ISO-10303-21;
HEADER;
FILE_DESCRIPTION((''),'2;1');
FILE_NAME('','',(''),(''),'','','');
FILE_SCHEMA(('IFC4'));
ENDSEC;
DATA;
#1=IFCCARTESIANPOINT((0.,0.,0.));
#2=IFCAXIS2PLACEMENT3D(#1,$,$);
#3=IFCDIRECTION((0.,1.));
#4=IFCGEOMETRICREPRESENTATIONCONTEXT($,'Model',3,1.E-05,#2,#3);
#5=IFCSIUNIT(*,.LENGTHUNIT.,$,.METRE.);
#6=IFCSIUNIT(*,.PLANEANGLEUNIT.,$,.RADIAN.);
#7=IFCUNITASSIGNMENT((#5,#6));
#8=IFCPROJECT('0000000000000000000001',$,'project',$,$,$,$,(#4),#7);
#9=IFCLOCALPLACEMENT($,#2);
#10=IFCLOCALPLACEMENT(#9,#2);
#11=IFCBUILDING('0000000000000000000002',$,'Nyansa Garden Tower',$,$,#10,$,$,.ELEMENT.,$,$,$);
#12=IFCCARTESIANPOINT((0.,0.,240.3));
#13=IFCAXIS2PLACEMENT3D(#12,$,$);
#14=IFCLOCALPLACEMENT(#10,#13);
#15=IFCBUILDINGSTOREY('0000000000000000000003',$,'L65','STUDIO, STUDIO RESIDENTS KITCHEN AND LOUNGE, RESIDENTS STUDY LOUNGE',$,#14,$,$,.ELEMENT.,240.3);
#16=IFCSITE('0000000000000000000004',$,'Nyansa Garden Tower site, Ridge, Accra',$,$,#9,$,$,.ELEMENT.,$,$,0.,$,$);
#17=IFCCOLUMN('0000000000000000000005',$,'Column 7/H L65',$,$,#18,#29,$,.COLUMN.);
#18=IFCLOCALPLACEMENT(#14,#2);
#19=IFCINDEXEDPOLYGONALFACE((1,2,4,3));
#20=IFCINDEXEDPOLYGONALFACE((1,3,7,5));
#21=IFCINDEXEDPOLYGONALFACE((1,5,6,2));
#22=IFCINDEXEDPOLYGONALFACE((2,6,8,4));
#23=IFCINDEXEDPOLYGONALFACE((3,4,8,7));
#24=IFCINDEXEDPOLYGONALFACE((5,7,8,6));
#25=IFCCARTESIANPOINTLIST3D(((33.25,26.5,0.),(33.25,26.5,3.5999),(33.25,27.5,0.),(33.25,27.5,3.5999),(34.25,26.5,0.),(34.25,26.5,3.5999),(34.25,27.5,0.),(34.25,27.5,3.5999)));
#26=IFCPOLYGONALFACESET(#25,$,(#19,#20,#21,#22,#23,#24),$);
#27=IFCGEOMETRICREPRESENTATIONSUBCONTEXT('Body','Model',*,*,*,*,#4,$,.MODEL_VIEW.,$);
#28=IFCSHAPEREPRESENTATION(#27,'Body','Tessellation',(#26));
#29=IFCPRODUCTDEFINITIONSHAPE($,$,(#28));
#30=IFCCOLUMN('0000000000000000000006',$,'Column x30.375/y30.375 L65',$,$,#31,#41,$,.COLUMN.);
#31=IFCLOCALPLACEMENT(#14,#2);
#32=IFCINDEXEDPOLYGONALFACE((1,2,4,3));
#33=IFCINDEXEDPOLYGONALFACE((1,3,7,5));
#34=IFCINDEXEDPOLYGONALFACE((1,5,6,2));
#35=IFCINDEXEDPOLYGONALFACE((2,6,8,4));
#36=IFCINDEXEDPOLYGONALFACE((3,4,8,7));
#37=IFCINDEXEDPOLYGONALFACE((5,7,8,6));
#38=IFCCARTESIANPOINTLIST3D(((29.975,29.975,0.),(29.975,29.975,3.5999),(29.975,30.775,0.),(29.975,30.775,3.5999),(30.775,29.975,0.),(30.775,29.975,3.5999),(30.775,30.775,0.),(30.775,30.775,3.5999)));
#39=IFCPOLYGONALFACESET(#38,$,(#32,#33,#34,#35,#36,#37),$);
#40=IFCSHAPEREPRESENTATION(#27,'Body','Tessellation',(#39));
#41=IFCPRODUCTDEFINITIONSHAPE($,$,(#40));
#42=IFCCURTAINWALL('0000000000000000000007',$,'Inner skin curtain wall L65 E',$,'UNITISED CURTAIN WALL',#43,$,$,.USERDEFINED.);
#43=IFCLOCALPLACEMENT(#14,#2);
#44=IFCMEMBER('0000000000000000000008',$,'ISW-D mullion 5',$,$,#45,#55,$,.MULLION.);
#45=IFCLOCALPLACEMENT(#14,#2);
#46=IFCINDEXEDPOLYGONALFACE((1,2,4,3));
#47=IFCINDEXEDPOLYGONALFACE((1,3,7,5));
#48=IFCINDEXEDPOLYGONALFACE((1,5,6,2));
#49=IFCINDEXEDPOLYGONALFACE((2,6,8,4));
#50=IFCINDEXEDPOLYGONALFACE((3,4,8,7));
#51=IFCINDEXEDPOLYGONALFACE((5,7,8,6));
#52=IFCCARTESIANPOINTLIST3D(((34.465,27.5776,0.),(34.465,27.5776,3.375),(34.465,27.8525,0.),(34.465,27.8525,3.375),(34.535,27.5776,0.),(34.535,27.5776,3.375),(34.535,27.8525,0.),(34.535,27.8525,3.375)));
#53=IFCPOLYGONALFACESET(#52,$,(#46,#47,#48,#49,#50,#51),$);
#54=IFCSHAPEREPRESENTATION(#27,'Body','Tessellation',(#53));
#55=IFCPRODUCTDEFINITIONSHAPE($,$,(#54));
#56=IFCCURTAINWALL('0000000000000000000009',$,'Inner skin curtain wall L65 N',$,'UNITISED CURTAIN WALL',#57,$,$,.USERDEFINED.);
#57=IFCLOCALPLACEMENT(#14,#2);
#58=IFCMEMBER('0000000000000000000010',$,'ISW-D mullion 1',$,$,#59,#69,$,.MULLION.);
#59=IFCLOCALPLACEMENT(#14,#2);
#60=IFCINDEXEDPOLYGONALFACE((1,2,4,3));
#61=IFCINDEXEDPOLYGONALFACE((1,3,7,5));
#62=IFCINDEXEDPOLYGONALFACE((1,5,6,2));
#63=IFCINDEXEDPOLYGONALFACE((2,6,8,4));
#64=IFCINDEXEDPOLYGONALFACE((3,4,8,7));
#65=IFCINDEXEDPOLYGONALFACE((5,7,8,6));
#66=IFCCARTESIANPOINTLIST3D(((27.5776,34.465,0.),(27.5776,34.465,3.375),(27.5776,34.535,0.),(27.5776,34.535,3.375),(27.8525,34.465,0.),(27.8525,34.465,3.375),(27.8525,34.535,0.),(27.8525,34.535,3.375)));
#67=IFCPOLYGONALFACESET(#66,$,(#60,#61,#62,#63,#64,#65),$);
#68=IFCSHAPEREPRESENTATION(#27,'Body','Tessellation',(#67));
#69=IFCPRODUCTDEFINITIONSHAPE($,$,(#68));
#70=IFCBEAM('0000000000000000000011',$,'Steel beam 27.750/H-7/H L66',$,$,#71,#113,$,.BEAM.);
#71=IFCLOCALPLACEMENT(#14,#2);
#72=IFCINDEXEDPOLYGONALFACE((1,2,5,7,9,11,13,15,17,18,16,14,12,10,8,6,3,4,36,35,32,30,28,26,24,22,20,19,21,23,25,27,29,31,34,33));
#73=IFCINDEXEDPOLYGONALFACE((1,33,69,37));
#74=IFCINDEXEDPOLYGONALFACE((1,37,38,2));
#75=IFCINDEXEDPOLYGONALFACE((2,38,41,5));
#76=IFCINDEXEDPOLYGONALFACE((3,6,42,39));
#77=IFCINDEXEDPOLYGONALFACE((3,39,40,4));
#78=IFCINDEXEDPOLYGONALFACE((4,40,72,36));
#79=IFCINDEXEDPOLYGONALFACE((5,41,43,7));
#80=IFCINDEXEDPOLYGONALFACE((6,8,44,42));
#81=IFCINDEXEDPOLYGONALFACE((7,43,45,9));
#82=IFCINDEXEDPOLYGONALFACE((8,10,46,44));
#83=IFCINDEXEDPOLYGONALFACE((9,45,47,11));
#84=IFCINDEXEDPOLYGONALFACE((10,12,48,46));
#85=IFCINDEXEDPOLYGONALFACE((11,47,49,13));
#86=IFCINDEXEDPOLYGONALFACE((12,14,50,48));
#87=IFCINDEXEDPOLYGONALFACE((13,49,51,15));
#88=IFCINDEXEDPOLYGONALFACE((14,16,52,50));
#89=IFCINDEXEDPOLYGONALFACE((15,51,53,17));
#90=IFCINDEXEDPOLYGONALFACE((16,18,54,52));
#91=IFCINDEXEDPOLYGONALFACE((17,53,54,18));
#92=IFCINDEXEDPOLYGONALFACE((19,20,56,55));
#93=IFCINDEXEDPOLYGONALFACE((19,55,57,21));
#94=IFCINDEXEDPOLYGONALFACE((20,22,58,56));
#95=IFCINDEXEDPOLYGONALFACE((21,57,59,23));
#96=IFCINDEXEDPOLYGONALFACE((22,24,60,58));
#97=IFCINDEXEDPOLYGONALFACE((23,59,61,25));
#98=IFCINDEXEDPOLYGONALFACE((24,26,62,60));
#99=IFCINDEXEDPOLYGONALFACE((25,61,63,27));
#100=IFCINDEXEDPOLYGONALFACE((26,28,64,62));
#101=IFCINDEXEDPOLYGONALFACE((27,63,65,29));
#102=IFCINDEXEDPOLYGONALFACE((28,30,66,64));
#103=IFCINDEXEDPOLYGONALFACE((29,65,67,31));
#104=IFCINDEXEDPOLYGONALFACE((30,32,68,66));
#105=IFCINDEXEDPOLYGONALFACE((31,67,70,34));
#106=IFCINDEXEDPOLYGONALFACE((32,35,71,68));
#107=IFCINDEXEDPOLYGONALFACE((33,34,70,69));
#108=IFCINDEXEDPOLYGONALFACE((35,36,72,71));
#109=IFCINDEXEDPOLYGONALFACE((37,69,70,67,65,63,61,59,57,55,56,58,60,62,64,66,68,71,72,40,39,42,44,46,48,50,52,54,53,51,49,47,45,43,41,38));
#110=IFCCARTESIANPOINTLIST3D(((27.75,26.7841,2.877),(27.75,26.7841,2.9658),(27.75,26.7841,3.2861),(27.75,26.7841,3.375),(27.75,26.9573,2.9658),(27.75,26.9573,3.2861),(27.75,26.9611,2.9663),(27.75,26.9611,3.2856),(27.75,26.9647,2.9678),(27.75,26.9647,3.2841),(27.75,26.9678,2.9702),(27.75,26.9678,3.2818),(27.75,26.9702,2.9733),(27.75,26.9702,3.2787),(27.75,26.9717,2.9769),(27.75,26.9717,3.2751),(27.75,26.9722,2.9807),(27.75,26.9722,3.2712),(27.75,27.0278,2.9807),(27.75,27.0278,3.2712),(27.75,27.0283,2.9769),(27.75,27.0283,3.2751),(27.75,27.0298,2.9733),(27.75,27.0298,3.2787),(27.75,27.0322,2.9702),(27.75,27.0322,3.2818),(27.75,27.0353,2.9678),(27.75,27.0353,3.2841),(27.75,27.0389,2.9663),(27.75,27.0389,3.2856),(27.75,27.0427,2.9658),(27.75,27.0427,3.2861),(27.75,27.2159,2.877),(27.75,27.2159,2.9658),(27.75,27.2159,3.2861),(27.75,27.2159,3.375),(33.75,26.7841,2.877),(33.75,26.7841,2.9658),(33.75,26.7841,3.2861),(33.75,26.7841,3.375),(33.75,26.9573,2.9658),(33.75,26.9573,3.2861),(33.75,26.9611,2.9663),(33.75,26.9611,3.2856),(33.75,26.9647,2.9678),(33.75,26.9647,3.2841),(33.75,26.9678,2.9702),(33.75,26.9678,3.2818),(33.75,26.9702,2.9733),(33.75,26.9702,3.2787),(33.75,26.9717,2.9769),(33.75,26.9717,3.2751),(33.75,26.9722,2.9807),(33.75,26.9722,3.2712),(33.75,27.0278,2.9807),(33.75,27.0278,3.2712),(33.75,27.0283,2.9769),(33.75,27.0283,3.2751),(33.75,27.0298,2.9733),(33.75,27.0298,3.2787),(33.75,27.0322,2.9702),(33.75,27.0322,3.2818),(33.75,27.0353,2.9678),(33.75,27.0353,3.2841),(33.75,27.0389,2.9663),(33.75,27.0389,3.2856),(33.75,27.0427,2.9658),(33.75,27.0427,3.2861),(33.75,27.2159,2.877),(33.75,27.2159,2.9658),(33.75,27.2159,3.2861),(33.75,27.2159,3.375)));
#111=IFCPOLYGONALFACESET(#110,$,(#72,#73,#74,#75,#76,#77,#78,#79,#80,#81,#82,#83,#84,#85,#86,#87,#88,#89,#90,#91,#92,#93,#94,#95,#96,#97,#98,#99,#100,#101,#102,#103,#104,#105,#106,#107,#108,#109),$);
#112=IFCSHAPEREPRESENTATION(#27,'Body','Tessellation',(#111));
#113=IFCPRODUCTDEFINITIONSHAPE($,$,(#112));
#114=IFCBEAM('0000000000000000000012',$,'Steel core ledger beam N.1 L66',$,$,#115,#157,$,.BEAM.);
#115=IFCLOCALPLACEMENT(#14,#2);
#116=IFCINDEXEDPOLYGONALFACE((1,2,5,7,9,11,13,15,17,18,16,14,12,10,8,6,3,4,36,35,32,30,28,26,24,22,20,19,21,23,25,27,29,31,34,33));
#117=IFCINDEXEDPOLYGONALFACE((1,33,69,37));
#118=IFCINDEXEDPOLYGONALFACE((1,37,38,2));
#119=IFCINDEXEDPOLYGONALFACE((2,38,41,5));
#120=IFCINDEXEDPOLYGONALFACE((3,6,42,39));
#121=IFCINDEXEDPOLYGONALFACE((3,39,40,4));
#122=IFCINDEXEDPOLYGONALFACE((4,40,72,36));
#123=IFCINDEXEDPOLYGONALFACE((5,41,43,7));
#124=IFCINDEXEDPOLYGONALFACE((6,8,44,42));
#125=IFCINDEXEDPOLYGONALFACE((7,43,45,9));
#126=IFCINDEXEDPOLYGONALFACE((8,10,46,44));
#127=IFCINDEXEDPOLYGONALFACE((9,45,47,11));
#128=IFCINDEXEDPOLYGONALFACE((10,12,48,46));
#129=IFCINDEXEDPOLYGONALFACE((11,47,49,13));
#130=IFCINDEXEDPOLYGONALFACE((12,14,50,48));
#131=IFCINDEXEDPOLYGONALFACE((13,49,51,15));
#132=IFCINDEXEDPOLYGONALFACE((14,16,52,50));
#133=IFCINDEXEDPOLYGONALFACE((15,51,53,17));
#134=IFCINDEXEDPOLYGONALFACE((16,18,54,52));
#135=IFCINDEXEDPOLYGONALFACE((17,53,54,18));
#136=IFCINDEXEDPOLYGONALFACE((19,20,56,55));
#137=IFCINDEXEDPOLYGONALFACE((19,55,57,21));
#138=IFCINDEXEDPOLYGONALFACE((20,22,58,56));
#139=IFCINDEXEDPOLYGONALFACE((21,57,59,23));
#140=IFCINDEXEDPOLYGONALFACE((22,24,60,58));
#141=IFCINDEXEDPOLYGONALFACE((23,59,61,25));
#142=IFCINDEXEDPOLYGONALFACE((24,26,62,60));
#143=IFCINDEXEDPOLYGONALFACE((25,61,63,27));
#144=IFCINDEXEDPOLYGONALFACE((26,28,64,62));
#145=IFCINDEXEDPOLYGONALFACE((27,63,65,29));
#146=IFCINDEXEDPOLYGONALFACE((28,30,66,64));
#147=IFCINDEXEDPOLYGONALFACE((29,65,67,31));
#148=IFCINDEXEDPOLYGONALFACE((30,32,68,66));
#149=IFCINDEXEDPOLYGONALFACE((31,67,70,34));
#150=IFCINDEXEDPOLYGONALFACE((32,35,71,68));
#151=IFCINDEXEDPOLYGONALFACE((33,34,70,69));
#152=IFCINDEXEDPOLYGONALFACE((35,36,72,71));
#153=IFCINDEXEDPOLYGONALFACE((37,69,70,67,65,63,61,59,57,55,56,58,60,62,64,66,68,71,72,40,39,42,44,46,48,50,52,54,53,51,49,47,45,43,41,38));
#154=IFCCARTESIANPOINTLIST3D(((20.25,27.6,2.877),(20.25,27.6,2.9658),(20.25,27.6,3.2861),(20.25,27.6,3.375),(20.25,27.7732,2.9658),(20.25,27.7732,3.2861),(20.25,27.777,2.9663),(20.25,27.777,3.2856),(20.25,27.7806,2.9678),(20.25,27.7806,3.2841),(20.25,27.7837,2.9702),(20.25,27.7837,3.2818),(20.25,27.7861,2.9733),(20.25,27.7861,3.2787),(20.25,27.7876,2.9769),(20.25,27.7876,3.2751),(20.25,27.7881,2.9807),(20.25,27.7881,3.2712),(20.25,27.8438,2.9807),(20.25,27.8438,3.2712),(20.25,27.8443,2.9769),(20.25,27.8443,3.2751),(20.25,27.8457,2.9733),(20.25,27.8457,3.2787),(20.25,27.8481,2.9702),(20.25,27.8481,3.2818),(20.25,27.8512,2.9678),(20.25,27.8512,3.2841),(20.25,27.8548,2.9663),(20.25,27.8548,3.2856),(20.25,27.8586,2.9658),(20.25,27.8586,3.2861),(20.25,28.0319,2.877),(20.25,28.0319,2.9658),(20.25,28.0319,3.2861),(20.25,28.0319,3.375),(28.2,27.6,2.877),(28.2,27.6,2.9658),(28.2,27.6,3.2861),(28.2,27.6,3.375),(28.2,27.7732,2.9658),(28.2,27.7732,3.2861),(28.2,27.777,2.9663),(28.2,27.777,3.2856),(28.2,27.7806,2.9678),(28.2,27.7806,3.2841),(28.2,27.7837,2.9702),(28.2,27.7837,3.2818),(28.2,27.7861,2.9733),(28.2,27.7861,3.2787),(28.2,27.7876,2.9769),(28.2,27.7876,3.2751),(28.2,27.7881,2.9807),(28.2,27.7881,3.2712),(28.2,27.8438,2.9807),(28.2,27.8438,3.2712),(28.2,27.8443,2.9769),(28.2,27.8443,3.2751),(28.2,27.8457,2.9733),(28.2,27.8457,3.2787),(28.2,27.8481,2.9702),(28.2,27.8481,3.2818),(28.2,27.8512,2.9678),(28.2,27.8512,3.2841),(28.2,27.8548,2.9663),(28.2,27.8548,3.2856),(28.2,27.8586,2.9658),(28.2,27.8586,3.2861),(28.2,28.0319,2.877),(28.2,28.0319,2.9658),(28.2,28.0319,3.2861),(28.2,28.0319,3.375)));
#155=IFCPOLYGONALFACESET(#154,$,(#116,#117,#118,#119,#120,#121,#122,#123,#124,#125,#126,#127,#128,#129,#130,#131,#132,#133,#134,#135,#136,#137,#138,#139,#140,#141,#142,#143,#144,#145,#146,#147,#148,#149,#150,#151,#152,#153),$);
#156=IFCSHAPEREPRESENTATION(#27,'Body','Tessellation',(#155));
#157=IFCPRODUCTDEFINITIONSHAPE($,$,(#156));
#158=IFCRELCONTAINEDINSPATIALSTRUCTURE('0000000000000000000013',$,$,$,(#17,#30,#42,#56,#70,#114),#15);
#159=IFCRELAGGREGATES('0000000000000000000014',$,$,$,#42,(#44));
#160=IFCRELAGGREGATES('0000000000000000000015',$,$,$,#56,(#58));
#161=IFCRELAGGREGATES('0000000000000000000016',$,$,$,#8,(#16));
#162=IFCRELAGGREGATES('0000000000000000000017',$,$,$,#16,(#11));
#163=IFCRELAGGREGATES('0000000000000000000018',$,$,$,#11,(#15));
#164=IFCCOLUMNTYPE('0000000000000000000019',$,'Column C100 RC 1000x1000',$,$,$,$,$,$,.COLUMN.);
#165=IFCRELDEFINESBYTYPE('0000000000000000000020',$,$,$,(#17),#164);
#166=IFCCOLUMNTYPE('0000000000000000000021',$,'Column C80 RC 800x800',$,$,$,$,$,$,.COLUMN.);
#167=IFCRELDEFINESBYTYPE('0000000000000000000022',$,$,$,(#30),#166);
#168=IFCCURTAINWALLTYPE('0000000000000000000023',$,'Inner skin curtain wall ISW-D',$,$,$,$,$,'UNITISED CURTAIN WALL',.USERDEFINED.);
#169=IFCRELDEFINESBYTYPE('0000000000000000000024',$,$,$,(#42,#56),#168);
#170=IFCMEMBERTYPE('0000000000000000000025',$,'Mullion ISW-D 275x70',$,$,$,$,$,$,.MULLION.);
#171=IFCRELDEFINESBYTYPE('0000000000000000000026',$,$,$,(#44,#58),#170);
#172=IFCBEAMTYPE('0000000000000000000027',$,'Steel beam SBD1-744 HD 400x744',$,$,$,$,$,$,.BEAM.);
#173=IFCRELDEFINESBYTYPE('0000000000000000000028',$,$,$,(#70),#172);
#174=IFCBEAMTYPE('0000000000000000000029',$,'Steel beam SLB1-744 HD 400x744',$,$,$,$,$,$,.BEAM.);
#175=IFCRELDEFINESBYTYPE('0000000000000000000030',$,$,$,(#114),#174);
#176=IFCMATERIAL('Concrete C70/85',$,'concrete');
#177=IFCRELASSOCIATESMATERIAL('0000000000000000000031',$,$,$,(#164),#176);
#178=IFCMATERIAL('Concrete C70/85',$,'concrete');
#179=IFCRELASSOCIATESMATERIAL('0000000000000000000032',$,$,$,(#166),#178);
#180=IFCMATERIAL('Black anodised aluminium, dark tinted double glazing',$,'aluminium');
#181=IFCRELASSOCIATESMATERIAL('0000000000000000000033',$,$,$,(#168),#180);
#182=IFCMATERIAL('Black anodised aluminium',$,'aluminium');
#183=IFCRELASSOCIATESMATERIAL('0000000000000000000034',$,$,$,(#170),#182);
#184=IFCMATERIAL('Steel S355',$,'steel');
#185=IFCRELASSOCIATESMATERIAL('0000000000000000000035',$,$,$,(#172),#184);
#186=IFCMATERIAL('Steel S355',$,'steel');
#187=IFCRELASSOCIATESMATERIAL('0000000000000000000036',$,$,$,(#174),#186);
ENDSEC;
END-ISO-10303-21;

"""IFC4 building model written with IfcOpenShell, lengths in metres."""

from ifc_helpers import new_model, si_unit, direction, frame, origin, origin_2d, place, context, subcontext, project, spatial, rectangle, i_section, extrude, material, material_profile, profile_set, type_object, element, aggregate, save


model = new_model("IFC4")

# Units and contexts
model_context = context("Model", 3, precision=1e-05, world=origin(), true_north=direction((0.0, 1.0)))
body_context = subcontext(model_context, "Body", "Model", "MODEL_VIEW")
ifc_project = project(units=[si_unit("LENGTHUNIT", "METRE"), si_unit("PLANEANGLEUNIT", "RADIAN")], contexts=[model_context])

# Site, building, storey
site_placement = place(None, origin())
site = spatial("IfcSite", under=ifc_project, at=site_placement, Name="Nyansa Garden Tower site, Ridge, Accra", CompositionType="ELEMENT", RefElevation=0.0)
building_placement = place(site_placement, origin())
building = spatial("IfcBuilding", under=site, at=building_placement, Name="Nyansa Garden Tower", CompositionType="ELEMENT")
storey_placement = place(building_placement, frame((0.0, 0.0, 240.3)))
storey = spatial("IfcBuildingStorey", under=building, at=storey_placement, Name="L65", Description="STUDIO, STUDIO RESIDENTS KITCHEN AND LOUNGE, RESIDENTS STUDY LOUNGE", CompositionType="ELEMENT", Elevation=240.3)

# Columns
ifc_material_1 = material(Name="Concrete C70/85", Category="concrete")
ifc_material_profile_1 = material_profile(ifc_material_1, rectangle(XDim=1.0, YDim=1.0, at=origin_2d()), Name="RC 1000x1000")
ifc_profile_set_1 = profile_set([ifc_material_profile_1], Name="Concrete C70/85")
column_type_1 = type_object("IfcColumnType", Name="Column C100 RC 1000x1000", PredefinedType="COLUMN", material=ifc_profile_set_1)
column_1_placement = place(storey_placement, frame((33.75, 27.0, 0.0), z_axis=(0.0, 0.0, 1.0), x_axis=(1.0, 0.0, 0.0)))
element("IfcColumn", 1, at=column_1_placement, inside=storey, type_object=column_type_1, Name="Column 7/H L65", PredefinedType="COLUMN", context=body_context, shape_type="SweptSolid", body=[
    extrude(rectangle(XDim=1.0, YDim=1.0, at=origin_2d()), origin(), (0.0, 0.0, 1.0), 3.5999),
])
ifc_material_2 = material(Name="Concrete C70/85", Category="concrete")
ifc_material_profile_2 = material_profile(ifc_material_2, rectangle(XDim=0.8, YDim=0.8, at=origin_2d()), Name="RC 800x800")
ifc_profile_set_2 = profile_set([ifc_material_profile_2], Name="Concrete C70/85")
column_type_2 = type_object("IfcColumnType", Name="Column C80 RC 800x800", PredefinedType="COLUMN", material=ifc_profile_set_2)
column_2_placement = place(storey_placement, frame((30.375, 30.375, 0.0), z_axis=(0.0, 0.0, 1.0), x_axis=(1.0, 0.0, 0.0)))
element("IfcColumn", 2, at=column_2_placement, inside=storey, type_object=column_type_2, Name="Column x30.375/y30.375 L65", PredefinedType="COLUMN", context=body_context, shape_type="SweptSolid", body=[
    extrude(rectangle(XDim=0.8, YDim=0.8, at=origin_2d()), origin(), (0.0, 0.0, 1.0), 3.5999),
])

# Curtain walls, members
ifc_material_3 = material(Name="Black anodised aluminium, dark tinted double glazing", Category="aluminium")
curtain_wall_type = type_object("IfcCurtainWallType", Name="Inner skin curtain wall ISW-D", ElementType="UNITISED CURTAIN WALL", PredefinedType="USERDEFINED", material=ifc_material_3)
curtain_wall_1_placement = place(storey_placement, origin())
curtain_wall_1 = element("IfcCurtainWall", 3, at=curtain_wall_1_placement, inside=storey, type_object=curtain_wall_type, Name="Inner skin curtain wall L65 E", ObjectType="UNITISED CURTAIN WALL", PredefinedType="USERDEFINED")
ifc_material_4 = material(Name="Black anodised aluminium", Category="aluminium")
ifc_material_profile_3 = material_profile(ifc_material_4, rectangle(XDim=0.0701, YDim=0.2749, at=origin_2d()), Name="Mullion 275x70")
ifc_profile_set_3 = profile_set([ifc_material_profile_3], Name="Black anodised aluminium")
member_type_1 = type_object("IfcMemberType", Name="Mullion ISW-D 275x70", PredefinedType="MULLION", material=ifc_profile_set_3)
member_1_placement = place(storey_placement, frame((34.5, 27.7151, 0.0), z_axis=(0.0, 0.0, 1.0), x_axis=(-1.0, 0.0, 0.0)))
member_1 = element("IfcMember", 4, at=member_1_placement, type_object=member_type_1, Name="ISW-D mullion 5", PredefinedType="MULLION", context=body_context, shape_type="SweptSolid", body=[
    extrude(rectangle(XDim=0.0701, YDim=0.2749, at=origin_2d()), origin(), (0.0, 0.0, 1.0), 3.375),
])
aggregate(curtain_wall_1, [member_1])
curtain_wall_2_placement = place(storey_placement, origin())
curtain_wall_2 = element("IfcCurtainWall", 5, at=curtain_wall_2_placement, inside=storey, type_object=curtain_wall_type, Name="Inner skin curtain wall L65 N", ObjectType="UNITISED CURTAIN WALL", PredefinedType="USERDEFINED")
member_2_placement = place(storey_placement, frame((27.7151, 34.5, 0.0), z_axis=(0.0, 0.0, 1.0), x_axis=(0.0, -1.0, 0.0)))
member_2 = element("IfcMember", 6, at=member_2_placement, type_object=member_type_1, Name="ISW-D mullion 1", PredefinedType="MULLION", context=body_context, shape_type="SweptSolid", body=[
    extrude(rectangle(XDim=0.0701, YDim=0.2749, at=origin_2d()), origin(), (0.0, 0.0, 1.0), 3.375),
])

# Beams
ifc_material_5 = material(Name="Steel S355", Category="steel")
ifc_material_profile_4 = material_profile(ifc_material_5, i_section(OverallWidth=0.4319, OverallDepth=0.498, WebThickness=0.0557, FlangeThickness=0.0889, FilletRadius=0.0149, at=origin_2d()), Name="HD 400x744")
ifc_profile_set_4 = profile_set([ifc_material_profile_4], Name="Steel S355")
beam_type_1 = type_object("IfcBeamType", Name="Steel beam SBD1-744 HD 400x744", PredefinedType="BEAM", material=ifc_profile_set_4)
beam_1_placement = place(storey_placement, frame((27.75, 27.0, 3.126), z_axis=(1.0, 0.0, 0.0), x_axis=(0.0, 1.0, 0.0)))
element("IfcBeam", 7, at=beam_1_placement, inside=storey, type_object=beam_type_1, Name="Steel beam 27.750/H-7/H L66", PredefinedType="BEAM", context=body_context, shape_type="SweptSolid", body=[
    extrude(i_section(OverallWidth=0.4319, OverallDepth=0.498, WebThickness=0.0557, FlangeThickness=0.0889, FilletRadius=0.0149, at=origin_2d()), origin(), (0.0, 0.0, 1.0), 6.0),
])
ifc_material_6 = material(Name="Steel S355", Category="steel")
ifc_material_profile_5 = material_profile(ifc_material_6, i_section(OverallWidth=0.4319, OverallDepth=0.498, WebThickness=0.0557, FlangeThickness=0.0889, FilletRadius=0.0149, at=origin_2d()), Name="HD 400x744")
ifc_profile_set_5 = profile_set([ifc_material_profile_5], Name="Steel S355")
beam_type_2 = type_object("IfcBeamType", Name="Steel beam SLB1-744 HD 400x744", PredefinedType="BEAM", material=ifc_profile_set_5)
beam_2_placement = place(storey_placement, frame((28.2, 27.8159, 3.126), z_axis=(-1.0, 0.0, 0.0), x_axis=(0.0, -1.0, 0.0)))
element("IfcBeam", 8, at=beam_2_placement, inside=storey, type_object=beam_type_2, Name="Steel core ledger beam N.1 L66", PredefinedType="BEAM", context=body_context, shape_type="SweptSolid", body=[
    extrude(i_section(OverallWidth=0.4319, OverallDepth=0.498, WebThickness=0.0557, FlangeThickness=0.0889, FilletRadius=0.0149, at=origin_2d()), origin(), (0.0, 0.0, 1.0), 7.95),
])

aggregate(curtain_wall_2, [member_2])

save(model, "model.ifc")
